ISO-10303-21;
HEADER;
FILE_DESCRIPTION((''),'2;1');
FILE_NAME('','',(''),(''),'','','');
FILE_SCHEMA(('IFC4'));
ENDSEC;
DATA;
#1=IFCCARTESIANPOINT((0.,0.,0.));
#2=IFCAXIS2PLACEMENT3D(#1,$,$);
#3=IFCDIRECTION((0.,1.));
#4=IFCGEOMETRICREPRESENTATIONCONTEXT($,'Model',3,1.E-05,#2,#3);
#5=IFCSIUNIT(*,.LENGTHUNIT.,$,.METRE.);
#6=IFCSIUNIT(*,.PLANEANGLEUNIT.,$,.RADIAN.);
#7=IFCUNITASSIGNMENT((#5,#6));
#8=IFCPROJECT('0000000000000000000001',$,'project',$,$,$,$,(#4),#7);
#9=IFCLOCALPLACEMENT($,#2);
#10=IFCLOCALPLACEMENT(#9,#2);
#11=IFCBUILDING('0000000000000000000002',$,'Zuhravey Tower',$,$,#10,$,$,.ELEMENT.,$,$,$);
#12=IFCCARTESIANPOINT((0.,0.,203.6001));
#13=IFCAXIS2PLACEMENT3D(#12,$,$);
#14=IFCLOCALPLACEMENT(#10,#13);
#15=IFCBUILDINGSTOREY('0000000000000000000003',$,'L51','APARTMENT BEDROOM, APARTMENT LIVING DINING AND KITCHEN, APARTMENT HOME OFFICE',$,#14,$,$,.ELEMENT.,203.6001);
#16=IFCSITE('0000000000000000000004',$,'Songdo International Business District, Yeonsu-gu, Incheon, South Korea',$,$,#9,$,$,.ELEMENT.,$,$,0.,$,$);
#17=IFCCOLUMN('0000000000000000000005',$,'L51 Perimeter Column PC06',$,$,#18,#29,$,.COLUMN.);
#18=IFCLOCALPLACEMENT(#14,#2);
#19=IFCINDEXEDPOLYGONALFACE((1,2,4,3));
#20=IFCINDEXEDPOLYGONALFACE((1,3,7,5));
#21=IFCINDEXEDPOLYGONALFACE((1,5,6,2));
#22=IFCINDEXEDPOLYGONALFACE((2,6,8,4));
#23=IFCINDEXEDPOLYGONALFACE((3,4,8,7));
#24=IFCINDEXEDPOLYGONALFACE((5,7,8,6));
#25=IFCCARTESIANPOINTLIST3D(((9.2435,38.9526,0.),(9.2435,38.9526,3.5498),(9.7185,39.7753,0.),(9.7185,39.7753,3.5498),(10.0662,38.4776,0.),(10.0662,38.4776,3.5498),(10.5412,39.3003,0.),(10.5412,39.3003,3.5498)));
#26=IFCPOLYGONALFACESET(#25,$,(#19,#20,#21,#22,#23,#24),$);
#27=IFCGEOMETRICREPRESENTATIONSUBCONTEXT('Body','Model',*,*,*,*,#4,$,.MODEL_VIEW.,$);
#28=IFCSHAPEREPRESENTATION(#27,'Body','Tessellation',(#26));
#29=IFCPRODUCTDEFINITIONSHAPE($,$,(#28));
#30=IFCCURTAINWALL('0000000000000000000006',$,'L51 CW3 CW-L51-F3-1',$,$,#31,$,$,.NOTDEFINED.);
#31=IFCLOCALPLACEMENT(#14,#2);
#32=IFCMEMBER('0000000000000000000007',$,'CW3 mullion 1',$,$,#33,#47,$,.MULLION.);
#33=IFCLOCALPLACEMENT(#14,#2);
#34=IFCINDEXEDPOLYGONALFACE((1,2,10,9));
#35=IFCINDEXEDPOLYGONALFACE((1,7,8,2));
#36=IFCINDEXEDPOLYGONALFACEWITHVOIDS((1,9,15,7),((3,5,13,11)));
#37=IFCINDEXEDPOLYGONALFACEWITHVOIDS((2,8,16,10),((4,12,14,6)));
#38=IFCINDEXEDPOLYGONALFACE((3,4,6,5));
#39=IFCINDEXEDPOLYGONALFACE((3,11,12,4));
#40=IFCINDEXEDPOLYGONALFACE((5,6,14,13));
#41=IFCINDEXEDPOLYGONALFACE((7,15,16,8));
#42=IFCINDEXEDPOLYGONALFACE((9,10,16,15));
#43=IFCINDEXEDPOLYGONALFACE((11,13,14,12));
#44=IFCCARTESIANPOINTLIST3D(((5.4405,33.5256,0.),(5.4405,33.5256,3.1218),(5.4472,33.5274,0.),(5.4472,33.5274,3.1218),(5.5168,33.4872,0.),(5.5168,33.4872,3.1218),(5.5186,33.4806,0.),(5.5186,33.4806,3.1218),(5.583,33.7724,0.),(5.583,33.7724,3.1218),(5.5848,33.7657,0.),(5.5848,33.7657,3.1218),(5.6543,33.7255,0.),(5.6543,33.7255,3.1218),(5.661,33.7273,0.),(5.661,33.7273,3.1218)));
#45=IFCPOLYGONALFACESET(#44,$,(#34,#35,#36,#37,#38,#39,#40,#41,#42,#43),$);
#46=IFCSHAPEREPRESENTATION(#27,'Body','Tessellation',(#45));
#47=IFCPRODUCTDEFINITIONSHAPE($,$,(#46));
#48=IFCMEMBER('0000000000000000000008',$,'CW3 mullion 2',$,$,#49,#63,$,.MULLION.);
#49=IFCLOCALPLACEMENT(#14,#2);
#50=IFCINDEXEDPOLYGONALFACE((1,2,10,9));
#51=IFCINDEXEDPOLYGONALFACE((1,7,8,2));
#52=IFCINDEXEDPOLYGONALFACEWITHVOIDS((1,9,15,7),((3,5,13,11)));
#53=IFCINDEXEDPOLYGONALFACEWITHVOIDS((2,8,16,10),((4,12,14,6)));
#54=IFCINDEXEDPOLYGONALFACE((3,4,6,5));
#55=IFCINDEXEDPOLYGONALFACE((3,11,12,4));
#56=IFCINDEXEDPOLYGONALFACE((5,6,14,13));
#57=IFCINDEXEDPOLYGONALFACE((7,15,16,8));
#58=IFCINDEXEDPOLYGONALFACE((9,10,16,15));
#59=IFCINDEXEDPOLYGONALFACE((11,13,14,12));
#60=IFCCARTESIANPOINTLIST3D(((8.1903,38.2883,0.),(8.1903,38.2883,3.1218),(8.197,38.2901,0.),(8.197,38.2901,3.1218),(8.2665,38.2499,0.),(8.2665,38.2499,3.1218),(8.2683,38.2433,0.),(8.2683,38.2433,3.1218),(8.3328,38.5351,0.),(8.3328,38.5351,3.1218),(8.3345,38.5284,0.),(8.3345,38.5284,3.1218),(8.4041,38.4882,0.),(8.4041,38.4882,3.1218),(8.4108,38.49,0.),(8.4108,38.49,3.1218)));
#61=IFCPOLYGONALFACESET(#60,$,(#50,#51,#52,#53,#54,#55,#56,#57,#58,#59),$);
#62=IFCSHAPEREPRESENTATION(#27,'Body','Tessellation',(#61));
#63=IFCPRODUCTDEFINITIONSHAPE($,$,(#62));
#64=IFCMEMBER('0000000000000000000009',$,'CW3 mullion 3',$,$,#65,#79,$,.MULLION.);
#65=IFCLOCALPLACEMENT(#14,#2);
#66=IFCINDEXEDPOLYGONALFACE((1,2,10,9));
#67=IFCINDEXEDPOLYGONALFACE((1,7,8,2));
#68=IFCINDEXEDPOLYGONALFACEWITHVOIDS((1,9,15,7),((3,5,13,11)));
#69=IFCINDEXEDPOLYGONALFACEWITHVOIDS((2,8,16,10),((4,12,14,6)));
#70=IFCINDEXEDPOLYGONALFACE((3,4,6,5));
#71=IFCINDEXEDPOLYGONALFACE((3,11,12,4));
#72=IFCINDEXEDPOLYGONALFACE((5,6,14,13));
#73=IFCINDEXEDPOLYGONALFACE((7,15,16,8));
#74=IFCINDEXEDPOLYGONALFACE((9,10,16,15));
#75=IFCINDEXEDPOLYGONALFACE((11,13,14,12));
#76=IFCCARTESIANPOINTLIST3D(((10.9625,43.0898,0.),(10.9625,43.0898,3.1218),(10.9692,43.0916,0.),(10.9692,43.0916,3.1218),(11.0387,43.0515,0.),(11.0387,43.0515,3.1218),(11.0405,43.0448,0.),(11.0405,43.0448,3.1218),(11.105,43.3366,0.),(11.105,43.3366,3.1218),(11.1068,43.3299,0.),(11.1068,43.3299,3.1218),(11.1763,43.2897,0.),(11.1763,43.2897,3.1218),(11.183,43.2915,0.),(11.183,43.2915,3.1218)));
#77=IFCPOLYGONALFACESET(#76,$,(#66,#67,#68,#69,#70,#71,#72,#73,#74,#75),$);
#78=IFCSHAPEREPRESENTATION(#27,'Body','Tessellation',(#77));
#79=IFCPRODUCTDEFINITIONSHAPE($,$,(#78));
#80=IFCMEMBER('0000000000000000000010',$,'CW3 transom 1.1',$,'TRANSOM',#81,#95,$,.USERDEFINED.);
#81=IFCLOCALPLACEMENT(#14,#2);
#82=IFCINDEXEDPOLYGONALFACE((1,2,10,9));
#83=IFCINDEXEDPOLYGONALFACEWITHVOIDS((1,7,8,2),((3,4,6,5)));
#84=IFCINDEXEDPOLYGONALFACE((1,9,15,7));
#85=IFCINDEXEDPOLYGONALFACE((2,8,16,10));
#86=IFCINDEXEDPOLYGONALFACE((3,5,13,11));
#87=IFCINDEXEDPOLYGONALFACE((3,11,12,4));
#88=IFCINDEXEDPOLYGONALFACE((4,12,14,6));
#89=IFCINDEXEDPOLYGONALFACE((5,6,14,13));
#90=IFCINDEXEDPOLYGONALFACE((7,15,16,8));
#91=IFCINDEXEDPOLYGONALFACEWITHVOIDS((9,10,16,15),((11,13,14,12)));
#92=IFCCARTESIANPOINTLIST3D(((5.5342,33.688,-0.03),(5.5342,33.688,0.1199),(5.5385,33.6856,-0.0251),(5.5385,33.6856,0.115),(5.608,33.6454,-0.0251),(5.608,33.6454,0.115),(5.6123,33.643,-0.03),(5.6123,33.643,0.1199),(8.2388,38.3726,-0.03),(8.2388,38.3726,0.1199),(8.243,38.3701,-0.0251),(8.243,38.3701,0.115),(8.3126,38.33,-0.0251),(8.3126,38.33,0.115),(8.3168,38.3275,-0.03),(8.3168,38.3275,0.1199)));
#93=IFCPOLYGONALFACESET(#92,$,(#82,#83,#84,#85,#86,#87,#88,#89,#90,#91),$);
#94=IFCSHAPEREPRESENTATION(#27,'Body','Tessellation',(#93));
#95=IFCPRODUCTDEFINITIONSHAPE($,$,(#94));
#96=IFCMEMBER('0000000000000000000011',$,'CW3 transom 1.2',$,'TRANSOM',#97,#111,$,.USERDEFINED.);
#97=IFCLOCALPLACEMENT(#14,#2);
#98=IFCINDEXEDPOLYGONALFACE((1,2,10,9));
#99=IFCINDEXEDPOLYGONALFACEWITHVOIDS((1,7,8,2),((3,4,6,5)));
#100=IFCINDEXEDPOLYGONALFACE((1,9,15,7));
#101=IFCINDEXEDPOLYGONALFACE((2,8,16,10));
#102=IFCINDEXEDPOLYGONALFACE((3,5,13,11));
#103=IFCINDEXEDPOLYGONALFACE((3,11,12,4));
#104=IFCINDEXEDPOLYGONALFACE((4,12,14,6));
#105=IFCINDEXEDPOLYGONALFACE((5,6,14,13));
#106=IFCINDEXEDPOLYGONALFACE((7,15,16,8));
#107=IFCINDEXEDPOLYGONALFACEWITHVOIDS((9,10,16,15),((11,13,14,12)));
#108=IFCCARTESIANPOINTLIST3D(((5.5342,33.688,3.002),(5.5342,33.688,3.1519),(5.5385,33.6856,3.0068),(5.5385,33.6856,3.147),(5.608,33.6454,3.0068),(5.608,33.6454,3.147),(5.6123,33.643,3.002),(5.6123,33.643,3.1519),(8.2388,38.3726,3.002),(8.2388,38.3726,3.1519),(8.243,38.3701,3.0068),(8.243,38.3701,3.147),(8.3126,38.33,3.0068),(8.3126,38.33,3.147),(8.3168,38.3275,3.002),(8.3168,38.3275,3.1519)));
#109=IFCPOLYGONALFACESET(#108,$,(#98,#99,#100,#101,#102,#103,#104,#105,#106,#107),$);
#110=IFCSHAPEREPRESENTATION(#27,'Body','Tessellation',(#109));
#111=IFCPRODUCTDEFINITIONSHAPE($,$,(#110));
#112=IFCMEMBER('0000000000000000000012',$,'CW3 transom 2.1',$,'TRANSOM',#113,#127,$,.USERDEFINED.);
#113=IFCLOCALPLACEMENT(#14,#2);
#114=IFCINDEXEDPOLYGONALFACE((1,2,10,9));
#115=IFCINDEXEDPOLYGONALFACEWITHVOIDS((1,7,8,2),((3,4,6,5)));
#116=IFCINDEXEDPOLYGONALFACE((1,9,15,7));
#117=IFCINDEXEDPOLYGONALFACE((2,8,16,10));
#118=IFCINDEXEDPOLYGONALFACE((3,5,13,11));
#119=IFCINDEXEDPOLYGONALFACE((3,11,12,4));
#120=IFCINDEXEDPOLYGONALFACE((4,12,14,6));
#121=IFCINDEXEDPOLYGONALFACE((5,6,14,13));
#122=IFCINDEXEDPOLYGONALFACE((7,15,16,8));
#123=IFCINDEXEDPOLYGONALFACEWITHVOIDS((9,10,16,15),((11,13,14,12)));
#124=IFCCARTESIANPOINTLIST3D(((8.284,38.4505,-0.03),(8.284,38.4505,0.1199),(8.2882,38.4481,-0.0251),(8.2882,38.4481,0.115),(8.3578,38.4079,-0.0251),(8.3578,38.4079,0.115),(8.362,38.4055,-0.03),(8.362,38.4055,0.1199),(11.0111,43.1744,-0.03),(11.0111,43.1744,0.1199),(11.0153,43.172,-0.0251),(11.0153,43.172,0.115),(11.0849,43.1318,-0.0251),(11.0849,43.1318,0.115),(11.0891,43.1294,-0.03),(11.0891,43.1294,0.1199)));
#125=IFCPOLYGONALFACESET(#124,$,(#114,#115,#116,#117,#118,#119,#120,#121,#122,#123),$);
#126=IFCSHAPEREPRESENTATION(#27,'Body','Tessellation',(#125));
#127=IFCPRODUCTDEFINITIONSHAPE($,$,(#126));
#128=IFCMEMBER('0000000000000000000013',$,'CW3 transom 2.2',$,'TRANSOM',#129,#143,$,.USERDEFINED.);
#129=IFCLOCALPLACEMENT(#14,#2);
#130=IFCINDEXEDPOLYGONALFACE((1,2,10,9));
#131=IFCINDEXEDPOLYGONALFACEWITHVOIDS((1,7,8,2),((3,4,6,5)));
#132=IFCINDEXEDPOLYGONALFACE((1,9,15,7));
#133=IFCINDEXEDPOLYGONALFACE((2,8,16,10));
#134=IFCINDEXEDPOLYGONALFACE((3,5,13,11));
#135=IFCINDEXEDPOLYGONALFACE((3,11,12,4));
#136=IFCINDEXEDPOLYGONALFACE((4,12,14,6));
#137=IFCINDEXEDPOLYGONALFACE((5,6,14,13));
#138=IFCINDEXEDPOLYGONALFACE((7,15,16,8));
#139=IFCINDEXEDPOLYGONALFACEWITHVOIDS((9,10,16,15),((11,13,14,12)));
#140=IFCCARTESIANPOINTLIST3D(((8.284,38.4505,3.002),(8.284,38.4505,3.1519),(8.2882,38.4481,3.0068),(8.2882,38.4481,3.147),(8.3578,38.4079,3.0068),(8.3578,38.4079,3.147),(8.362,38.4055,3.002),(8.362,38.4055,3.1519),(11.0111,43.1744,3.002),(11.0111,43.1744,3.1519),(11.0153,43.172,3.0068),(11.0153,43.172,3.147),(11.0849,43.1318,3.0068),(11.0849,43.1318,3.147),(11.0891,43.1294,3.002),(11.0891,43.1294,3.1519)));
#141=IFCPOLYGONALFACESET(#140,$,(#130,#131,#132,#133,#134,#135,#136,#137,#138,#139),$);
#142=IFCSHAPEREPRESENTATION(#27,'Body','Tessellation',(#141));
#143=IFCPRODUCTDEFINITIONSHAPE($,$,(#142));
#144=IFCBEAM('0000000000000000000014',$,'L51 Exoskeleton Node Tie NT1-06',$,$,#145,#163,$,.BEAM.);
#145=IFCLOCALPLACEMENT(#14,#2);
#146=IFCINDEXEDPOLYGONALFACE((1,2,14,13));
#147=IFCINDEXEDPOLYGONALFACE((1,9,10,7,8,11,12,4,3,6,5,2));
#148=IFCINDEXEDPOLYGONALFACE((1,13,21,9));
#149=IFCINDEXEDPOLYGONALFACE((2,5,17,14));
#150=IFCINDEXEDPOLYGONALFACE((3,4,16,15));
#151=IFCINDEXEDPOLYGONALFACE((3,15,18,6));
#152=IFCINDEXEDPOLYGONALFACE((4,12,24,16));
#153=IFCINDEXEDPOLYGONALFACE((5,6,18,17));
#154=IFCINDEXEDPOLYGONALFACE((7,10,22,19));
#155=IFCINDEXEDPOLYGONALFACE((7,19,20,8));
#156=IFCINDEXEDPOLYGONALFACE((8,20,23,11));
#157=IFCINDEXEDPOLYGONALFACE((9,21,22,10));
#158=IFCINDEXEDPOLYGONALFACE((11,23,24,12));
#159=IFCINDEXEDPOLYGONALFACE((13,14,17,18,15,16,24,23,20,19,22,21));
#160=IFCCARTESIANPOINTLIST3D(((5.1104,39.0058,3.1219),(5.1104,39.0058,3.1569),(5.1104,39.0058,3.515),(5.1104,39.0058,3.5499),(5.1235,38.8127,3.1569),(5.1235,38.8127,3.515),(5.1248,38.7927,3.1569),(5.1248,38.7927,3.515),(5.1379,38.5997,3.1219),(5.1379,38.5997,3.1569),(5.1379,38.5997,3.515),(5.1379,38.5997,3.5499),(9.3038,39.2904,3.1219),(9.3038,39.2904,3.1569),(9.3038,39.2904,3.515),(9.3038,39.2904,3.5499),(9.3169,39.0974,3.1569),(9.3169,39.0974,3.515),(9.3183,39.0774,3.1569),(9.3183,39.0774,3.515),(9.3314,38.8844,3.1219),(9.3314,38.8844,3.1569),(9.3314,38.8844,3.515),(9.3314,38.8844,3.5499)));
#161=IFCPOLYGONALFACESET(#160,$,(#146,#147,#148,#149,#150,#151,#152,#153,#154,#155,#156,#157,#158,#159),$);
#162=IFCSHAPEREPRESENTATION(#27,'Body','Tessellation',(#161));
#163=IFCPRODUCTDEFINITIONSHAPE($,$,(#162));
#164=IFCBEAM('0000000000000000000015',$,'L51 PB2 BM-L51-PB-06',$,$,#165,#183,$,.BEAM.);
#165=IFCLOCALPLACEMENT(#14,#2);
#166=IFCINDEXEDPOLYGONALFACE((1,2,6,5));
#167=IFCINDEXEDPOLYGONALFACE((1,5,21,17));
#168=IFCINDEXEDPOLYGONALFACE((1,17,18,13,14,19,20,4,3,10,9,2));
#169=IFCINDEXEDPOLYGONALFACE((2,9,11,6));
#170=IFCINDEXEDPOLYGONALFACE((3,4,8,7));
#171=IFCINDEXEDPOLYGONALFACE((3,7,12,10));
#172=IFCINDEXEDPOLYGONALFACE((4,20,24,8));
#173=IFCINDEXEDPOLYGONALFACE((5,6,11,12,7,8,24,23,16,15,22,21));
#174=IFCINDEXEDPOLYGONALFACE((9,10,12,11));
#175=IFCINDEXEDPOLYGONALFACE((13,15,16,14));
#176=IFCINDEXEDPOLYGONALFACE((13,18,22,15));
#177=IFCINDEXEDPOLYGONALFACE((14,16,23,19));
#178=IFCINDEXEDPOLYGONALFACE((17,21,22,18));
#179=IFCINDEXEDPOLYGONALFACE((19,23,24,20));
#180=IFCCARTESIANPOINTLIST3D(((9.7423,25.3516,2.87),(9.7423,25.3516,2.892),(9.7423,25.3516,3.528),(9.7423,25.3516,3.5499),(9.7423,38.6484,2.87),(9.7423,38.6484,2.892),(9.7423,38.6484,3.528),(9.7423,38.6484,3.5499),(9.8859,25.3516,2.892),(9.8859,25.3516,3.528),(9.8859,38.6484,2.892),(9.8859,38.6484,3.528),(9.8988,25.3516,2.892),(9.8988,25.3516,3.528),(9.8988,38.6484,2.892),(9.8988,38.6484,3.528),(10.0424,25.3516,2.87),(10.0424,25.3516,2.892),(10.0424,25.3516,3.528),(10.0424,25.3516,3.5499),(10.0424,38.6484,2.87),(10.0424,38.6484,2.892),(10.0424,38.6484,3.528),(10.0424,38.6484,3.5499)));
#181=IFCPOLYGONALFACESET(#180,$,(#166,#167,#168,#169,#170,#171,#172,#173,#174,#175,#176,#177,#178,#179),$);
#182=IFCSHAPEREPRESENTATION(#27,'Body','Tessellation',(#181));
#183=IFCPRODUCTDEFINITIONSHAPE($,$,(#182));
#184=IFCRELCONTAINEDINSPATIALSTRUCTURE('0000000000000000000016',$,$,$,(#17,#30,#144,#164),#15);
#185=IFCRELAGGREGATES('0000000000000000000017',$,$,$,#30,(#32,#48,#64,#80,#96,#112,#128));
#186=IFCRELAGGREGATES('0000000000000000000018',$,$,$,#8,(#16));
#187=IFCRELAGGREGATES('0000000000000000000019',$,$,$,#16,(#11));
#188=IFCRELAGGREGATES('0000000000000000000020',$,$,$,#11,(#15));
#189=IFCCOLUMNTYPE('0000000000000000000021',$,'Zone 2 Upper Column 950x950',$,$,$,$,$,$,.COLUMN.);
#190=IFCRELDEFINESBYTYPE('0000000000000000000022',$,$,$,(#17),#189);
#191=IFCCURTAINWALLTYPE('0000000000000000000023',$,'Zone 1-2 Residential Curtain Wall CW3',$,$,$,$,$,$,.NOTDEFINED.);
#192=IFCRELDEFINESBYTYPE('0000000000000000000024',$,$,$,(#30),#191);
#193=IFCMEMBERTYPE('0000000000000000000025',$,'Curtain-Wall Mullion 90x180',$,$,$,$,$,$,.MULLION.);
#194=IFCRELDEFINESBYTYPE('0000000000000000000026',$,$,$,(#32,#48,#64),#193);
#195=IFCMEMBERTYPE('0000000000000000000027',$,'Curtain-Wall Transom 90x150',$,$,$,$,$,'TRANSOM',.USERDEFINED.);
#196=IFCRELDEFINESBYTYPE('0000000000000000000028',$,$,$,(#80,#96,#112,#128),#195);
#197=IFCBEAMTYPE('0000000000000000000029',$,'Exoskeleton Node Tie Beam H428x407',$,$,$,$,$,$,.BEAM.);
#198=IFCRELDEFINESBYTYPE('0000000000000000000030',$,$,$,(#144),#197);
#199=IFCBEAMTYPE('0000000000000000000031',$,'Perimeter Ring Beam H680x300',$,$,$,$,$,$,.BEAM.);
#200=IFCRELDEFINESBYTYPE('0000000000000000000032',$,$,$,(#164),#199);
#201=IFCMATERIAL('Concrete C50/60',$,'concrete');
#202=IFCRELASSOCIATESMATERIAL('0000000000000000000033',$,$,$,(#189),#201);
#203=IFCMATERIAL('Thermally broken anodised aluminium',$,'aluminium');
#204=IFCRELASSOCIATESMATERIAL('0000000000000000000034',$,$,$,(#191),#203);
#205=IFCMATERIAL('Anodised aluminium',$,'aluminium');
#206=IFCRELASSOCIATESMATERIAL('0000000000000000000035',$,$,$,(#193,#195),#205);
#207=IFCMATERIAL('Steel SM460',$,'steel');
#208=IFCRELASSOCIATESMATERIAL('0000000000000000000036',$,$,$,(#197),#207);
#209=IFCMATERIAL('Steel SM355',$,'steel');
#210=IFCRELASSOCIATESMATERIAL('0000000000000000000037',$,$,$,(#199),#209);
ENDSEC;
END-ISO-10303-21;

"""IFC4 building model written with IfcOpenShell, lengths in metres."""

from ifc_helpers import new_model, si_unit, direction, frame, origin, origin_2d, place, context, subcontext, project, spatial, rectangle, hollow_rectangle, i_section, extrude, material, material_profile, profile_set, type_object, element, aggregate, save


model = new_model("IFC4")

# Units and contexts
model_context = context("Model", 3, precision=1e-05, world=origin(), true_north=direction((0.0, 1.0)))
body_context = subcontext(model_context, "Body", "Model", "MODEL_VIEW")
ifc_project = project(units=[si_unit("LENGTHUNIT", "METRE"), si_unit("PLANEANGLEUNIT", "RADIAN")], contexts=[model_context])

# Site, building, storey
site_placement = place(None, origin())
site = spatial("IfcSite", under=ifc_project, at=site_placement, Name="Songdo International Business District, Yeonsu-gu, Incheon, South Korea", CompositionType="ELEMENT", RefElevation=0.0)
building_placement = place(site_placement, origin())
building = spatial("IfcBuilding", under=site, at=building_placement, Name="Zuhravey Tower", CompositionType="ELEMENT")
storey_placement = place(building_placement, frame((0.0, 0.0, 203.6001)))
storey = spatial("IfcBuildingStorey", under=building, at=storey_placement, Name="L51", Description="APARTMENT BEDROOM, APARTMENT LIVING DINING AND KITCHEN, APARTMENT HOME OFFICE", CompositionType="ELEMENT", Elevation=203.6001)

# Column
ifc_material_1 = material(Name="Concrete C50/60", Category="concrete")
ifc_material_profile_1 = material_profile(ifc_material_1, rectangle(XDim=0.95, YDim=0.95, at=origin_2d()), Name="RC-950x950")
ifc_profile_set_1 = profile_set([ifc_material_profile_1], Name="Concrete C50/60")
column_type = type_object("IfcColumnType", Name="Zone 2 Upper Column 950x950", PredefinedType="COLUMN", material=ifc_profile_set_1)
column_placement = place(storey_placement, frame((9.8923, 39.1265, 0.0), z_axis=(0.0, 0.0, 1.0), x_axis=(-0.5, -0.866025, 0.0)))
element("IfcColumn", 1, at=column_placement, inside=storey, type_object=column_type, Name="L51 Perimeter Column PC06", PredefinedType="COLUMN", context=body_context, shape_type="SweptSolid", body=[
    extrude(rectangle(XDim=0.95, YDim=0.95, at=origin_2d()), origin(), (0.0, 0.0, 1.0), 3.5498),
])

# Curtain wall, members
ifc_material_2 = material(Name="Thermally broken anodised aluminium", Category="aluminium")
curtain_wall_type = type_object("IfcCurtainWallType", Name="Zone 1-2 Residential Curtain Wall CW3", PredefinedType="NOTDEFINED", material=ifc_material_2)
curtain_wall_placement = place(storey_placement, origin())
curtain_wall = element("IfcCurtainWall", 2, at=curtain_wall_placement, inside=storey, type_object=curtain_wall_type, Name="L51 CW3 CW-L51-F3-1", PredefinedType="NOTDEFINED")
ifc_material_3 = material(Name="Anodised aluminium", Category="aluminium")
ifc_material_profile_2 = material_profile(ifc_material_3, hollow_rectangle(XDim=0.0901, YDim=0.2849, WallThickness=0.0049, at=origin_2d()), Name="ALU-RHS-90x285x5")
ifc_profile_set_2 = profile_set([ifc_material_profile_2], Name="Anodised aluminium")
member_type_1 = type_object("IfcMemberType", Name="Curtain-Wall Mullion 90x180", PredefinedType="MULLION", material=ifc_profile_set_2)
member_1_placement = place(storey_placement, frame((5.5508, 33.6265, 0.0), z_axis=(0.0, 0.0, 1.0), x_axis=(-0.866025, 0.5, 0.0)))
member_1 = element("IfcMember", 3, at=member_1_placement, type_object=member_type_1, Name="CW3 mullion 1", PredefinedType="MULLION", context=body_context, shape_type="SweptSolid", body=[
    extrude(hollow_rectangle(XDim=0.0901, YDim=0.2849, WallThickness=0.0049, at=origin_2d()), origin(), (0.0, 0.0, 1.0), 3.1218),
])
member_2_placement = place(storey_placement, frame((8.3005, 38.3892, 0.0), z_axis=(0.0, 0.0, 1.0), x_axis=(-0.866025, 0.5, 0.0)))
member_2 = element("IfcMember", 4, at=member_2_placement, type_object=member_type_1, Name="CW3 mullion 2", PredefinedType="MULLION", context=body_context, shape_type="SweptSolid", body=[
    extrude(hollow_rectangle(XDim=0.0901, YDim=0.2849, WallThickness=0.0049, at=origin_2d()), origin(), (0.0, 0.0, 1.0), 3.1218),
])
member_3_placement = place(storey_placement, frame((11.0728, 43.1907, 0.0), z_axis=(0.0, 0.0, 1.0), x_axis=(-0.866025, 0.5, 0.0)))
member_3 = element("IfcMember", 5, at=member_3_placement, type_object=member_type_1, Name="CW3 mullion 3", PredefinedType="MULLION", context=body_context, shape_type="SweptSolid", body=[
    extrude(hollow_rectangle(XDim=0.0901, YDim=0.2849, WallThickness=0.0049, at=origin_2d()), origin(), (0.0, 0.0, 1.0), 3.1218),
])
ifc_material_profile_3 = material_profile(ifc_material_3, hollow_rectangle(XDim=0.0901, YDim=0.1499, WallThickness=0.0049, at=origin_2d()), Name="ALU-RHS-90x150x5")
ifc_profile_set_3 = profile_set([ifc_material_profile_3], Name="Anodised aluminium")
member_type_2 = type_object("IfcMemberType", Name="Curtain-Wall Transom 90x150", ElementType="TRANSOM", PredefinedType="USERDEFINED", material=ifc_profile_set_3)
member_4_placement = place(storey_placement, frame((5.5732, 33.6655, 0.0449), z_axis=(0.499993, 0.866029, 0.0), x_axis=(-0.866029, 0.499993, 0.0)))
member_4 = element("IfcMember", 6, at=member_4_placement, type_object=member_type_2, Name="CW3 transom 1.1", ObjectType="TRANSOM", PredefinedType="USERDEFINED", context=body_context, shape_type="SweptSolid", body=[
    extrude(hollow_rectangle(XDim=0.0901, YDim=0.1499, WallThickness=0.0049, at=origin_2d()), origin(), (0.0, 0.0, 1.0), 5.4092),
])
member_5_placement = place(storey_placement, frame((5.5732, 33.6655, 3.0769), z_axis=(0.499993, 0.866029, 0.0), x_axis=(-0.866029, 0.499993, 0.0)))
member_5 = element("IfcMember", 7, at=member_5_placement, type_object=member_type_2, Name="CW3 transom 1.2", ObjectType="TRANSOM", PredefinedType="USERDEFINED", context=body_context, shape_type="SweptSolid", body=[
    extrude(hollow_rectangle(XDim=0.0901, YDim=0.1499, WallThickness=0.0049, at=origin_2d()), origin(), (0.0, 0.0, 1.0), 5.4092),
])
member_6_placement = place(storey_placement, frame((8.323, 38.428, 0.0449), z_axis=(0.499961, 0.866048, 0.0), x_axis=(-0.866048, 0.499961, 0.0)))
member_6 = element("IfcMember", 8, at=member_6_placement, type_object=member_type_2, Name="CW3 transom 2.1", ObjectType="TRANSOM", PredefinedType="USERDEFINED", context=body_context, shape_type="SweptSolid", body=[
    extrude(hollow_rectangle(XDim=0.0901, YDim=0.1499, WallThickness=0.0049, at=origin_2d()), origin(), (0.0, 0.0, 1.0), 5.4546),
])
member_7_placement = place(storey_placement, frame((8.323, 38.428, 3.0769), z_axis=(0.499961, 0.866048, 0.0), x_axis=(-0.866048, 0.499961, 0.0)))
member_7 = element("IfcMember", 9, at=member_7_placement, type_object=member_type_2, Name="CW3 transom 2.2", ObjectType="TRANSOM", PredefinedType="USERDEFINED", context=body_context, shape_type="SweptSolid", body=[
    extrude(hollow_rectangle(XDim=0.0901, YDim=0.1499, WallThickness=0.0049, at=origin_2d()), origin(), (0.0, 0.0, 1.0), 5.4546),
])

# Beams
ifc_material_4 = material(Name="Steel SM460", Category="steel")
ifc_material_profile_4 = material_profile(ifc_material_4, i_section(OverallWidth=0.407, OverallDepth=0.428, WebThickness=0.02, FlangeThickness=0.0349, at=origin_2d()), Name="H-428x407x20x35")
ifc_profile_set_4 = profile_set([ifc_material_profile_4], Name="Steel SM460")
beam_type_1 = type_object("IfcBeamType", Name="Exoskeleton Node Tie Beam H428x407", PredefinedType="BEAM", material=ifc_profile_set_4)
beam_1_placement = place(storey_placement, frame((9.3176, 39.0874, 3.3359), z_axis=(-0.997704, -0.06773, 0.0), x_axis=(0.06773, -0.997704, 0.0)))
element("IfcBeam", 10, at=beam_1_placement, inside=storey, type_object=beam_type_1, Name="L51 Exoskeleton Node Tie NT1-06", PredefinedType="BEAM", context=body_context, shape_type="SweptSolid", body=[
    extrude(i_section(OverallWidth=0.407, OverallDepth=0.428, WebThickness=0.02, FlangeThickness=0.0349, at=origin_2d()), origin(), (0.0, 0.0, 1.0), 4.2031),
])
ifc_material_5 = material(Name="Steel SM355", Category="steel")
ifc_material_profile_5 = material_profile(ifc_material_5, i_section(OverallWidth=0.3, OverallDepth=0.6799, WebThickness=0.0129, FlangeThickness=0.022, at=origin_2d()), Name="H-680x300x13x22")
ifc_profile_set_5 = profile_set([ifc_material_profile_5], Name="Steel SM355")
beam_type_2 = type_object("IfcBeamType", Name="Perimeter Ring Beam H680x300", PredefinedType="BEAM", material=ifc_profile_set_5)
beam_2_placement = place(storey_placement, frame((9.8923, 38.6484, 3.21), z_axis=(0.0, -1.0, 0.0), x_axis=(1.0, 0.0, 0.0)))
element("IfcBeam", 11, at=beam_2_placement, inside=storey, type_object=beam_type_2, Name="L51 PB2 BM-L51-PB-06", PredefinedType="BEAM", context=body_context, shape_type="SweptSolid", body=[
    extrude(i_section(OverallWidth=0.3, OverallDepth=0.6799, WebThickness=0.0129, FlangeThickness=0.022, at=origin_2d()), origin(), (0.0, 0.0, 1.0), 13.2969),
])

aggregate(curtain_wall, [member_1, member_2, member_3, member_4, member_5, member_6, member_7])

save(model, "model.ifc")
